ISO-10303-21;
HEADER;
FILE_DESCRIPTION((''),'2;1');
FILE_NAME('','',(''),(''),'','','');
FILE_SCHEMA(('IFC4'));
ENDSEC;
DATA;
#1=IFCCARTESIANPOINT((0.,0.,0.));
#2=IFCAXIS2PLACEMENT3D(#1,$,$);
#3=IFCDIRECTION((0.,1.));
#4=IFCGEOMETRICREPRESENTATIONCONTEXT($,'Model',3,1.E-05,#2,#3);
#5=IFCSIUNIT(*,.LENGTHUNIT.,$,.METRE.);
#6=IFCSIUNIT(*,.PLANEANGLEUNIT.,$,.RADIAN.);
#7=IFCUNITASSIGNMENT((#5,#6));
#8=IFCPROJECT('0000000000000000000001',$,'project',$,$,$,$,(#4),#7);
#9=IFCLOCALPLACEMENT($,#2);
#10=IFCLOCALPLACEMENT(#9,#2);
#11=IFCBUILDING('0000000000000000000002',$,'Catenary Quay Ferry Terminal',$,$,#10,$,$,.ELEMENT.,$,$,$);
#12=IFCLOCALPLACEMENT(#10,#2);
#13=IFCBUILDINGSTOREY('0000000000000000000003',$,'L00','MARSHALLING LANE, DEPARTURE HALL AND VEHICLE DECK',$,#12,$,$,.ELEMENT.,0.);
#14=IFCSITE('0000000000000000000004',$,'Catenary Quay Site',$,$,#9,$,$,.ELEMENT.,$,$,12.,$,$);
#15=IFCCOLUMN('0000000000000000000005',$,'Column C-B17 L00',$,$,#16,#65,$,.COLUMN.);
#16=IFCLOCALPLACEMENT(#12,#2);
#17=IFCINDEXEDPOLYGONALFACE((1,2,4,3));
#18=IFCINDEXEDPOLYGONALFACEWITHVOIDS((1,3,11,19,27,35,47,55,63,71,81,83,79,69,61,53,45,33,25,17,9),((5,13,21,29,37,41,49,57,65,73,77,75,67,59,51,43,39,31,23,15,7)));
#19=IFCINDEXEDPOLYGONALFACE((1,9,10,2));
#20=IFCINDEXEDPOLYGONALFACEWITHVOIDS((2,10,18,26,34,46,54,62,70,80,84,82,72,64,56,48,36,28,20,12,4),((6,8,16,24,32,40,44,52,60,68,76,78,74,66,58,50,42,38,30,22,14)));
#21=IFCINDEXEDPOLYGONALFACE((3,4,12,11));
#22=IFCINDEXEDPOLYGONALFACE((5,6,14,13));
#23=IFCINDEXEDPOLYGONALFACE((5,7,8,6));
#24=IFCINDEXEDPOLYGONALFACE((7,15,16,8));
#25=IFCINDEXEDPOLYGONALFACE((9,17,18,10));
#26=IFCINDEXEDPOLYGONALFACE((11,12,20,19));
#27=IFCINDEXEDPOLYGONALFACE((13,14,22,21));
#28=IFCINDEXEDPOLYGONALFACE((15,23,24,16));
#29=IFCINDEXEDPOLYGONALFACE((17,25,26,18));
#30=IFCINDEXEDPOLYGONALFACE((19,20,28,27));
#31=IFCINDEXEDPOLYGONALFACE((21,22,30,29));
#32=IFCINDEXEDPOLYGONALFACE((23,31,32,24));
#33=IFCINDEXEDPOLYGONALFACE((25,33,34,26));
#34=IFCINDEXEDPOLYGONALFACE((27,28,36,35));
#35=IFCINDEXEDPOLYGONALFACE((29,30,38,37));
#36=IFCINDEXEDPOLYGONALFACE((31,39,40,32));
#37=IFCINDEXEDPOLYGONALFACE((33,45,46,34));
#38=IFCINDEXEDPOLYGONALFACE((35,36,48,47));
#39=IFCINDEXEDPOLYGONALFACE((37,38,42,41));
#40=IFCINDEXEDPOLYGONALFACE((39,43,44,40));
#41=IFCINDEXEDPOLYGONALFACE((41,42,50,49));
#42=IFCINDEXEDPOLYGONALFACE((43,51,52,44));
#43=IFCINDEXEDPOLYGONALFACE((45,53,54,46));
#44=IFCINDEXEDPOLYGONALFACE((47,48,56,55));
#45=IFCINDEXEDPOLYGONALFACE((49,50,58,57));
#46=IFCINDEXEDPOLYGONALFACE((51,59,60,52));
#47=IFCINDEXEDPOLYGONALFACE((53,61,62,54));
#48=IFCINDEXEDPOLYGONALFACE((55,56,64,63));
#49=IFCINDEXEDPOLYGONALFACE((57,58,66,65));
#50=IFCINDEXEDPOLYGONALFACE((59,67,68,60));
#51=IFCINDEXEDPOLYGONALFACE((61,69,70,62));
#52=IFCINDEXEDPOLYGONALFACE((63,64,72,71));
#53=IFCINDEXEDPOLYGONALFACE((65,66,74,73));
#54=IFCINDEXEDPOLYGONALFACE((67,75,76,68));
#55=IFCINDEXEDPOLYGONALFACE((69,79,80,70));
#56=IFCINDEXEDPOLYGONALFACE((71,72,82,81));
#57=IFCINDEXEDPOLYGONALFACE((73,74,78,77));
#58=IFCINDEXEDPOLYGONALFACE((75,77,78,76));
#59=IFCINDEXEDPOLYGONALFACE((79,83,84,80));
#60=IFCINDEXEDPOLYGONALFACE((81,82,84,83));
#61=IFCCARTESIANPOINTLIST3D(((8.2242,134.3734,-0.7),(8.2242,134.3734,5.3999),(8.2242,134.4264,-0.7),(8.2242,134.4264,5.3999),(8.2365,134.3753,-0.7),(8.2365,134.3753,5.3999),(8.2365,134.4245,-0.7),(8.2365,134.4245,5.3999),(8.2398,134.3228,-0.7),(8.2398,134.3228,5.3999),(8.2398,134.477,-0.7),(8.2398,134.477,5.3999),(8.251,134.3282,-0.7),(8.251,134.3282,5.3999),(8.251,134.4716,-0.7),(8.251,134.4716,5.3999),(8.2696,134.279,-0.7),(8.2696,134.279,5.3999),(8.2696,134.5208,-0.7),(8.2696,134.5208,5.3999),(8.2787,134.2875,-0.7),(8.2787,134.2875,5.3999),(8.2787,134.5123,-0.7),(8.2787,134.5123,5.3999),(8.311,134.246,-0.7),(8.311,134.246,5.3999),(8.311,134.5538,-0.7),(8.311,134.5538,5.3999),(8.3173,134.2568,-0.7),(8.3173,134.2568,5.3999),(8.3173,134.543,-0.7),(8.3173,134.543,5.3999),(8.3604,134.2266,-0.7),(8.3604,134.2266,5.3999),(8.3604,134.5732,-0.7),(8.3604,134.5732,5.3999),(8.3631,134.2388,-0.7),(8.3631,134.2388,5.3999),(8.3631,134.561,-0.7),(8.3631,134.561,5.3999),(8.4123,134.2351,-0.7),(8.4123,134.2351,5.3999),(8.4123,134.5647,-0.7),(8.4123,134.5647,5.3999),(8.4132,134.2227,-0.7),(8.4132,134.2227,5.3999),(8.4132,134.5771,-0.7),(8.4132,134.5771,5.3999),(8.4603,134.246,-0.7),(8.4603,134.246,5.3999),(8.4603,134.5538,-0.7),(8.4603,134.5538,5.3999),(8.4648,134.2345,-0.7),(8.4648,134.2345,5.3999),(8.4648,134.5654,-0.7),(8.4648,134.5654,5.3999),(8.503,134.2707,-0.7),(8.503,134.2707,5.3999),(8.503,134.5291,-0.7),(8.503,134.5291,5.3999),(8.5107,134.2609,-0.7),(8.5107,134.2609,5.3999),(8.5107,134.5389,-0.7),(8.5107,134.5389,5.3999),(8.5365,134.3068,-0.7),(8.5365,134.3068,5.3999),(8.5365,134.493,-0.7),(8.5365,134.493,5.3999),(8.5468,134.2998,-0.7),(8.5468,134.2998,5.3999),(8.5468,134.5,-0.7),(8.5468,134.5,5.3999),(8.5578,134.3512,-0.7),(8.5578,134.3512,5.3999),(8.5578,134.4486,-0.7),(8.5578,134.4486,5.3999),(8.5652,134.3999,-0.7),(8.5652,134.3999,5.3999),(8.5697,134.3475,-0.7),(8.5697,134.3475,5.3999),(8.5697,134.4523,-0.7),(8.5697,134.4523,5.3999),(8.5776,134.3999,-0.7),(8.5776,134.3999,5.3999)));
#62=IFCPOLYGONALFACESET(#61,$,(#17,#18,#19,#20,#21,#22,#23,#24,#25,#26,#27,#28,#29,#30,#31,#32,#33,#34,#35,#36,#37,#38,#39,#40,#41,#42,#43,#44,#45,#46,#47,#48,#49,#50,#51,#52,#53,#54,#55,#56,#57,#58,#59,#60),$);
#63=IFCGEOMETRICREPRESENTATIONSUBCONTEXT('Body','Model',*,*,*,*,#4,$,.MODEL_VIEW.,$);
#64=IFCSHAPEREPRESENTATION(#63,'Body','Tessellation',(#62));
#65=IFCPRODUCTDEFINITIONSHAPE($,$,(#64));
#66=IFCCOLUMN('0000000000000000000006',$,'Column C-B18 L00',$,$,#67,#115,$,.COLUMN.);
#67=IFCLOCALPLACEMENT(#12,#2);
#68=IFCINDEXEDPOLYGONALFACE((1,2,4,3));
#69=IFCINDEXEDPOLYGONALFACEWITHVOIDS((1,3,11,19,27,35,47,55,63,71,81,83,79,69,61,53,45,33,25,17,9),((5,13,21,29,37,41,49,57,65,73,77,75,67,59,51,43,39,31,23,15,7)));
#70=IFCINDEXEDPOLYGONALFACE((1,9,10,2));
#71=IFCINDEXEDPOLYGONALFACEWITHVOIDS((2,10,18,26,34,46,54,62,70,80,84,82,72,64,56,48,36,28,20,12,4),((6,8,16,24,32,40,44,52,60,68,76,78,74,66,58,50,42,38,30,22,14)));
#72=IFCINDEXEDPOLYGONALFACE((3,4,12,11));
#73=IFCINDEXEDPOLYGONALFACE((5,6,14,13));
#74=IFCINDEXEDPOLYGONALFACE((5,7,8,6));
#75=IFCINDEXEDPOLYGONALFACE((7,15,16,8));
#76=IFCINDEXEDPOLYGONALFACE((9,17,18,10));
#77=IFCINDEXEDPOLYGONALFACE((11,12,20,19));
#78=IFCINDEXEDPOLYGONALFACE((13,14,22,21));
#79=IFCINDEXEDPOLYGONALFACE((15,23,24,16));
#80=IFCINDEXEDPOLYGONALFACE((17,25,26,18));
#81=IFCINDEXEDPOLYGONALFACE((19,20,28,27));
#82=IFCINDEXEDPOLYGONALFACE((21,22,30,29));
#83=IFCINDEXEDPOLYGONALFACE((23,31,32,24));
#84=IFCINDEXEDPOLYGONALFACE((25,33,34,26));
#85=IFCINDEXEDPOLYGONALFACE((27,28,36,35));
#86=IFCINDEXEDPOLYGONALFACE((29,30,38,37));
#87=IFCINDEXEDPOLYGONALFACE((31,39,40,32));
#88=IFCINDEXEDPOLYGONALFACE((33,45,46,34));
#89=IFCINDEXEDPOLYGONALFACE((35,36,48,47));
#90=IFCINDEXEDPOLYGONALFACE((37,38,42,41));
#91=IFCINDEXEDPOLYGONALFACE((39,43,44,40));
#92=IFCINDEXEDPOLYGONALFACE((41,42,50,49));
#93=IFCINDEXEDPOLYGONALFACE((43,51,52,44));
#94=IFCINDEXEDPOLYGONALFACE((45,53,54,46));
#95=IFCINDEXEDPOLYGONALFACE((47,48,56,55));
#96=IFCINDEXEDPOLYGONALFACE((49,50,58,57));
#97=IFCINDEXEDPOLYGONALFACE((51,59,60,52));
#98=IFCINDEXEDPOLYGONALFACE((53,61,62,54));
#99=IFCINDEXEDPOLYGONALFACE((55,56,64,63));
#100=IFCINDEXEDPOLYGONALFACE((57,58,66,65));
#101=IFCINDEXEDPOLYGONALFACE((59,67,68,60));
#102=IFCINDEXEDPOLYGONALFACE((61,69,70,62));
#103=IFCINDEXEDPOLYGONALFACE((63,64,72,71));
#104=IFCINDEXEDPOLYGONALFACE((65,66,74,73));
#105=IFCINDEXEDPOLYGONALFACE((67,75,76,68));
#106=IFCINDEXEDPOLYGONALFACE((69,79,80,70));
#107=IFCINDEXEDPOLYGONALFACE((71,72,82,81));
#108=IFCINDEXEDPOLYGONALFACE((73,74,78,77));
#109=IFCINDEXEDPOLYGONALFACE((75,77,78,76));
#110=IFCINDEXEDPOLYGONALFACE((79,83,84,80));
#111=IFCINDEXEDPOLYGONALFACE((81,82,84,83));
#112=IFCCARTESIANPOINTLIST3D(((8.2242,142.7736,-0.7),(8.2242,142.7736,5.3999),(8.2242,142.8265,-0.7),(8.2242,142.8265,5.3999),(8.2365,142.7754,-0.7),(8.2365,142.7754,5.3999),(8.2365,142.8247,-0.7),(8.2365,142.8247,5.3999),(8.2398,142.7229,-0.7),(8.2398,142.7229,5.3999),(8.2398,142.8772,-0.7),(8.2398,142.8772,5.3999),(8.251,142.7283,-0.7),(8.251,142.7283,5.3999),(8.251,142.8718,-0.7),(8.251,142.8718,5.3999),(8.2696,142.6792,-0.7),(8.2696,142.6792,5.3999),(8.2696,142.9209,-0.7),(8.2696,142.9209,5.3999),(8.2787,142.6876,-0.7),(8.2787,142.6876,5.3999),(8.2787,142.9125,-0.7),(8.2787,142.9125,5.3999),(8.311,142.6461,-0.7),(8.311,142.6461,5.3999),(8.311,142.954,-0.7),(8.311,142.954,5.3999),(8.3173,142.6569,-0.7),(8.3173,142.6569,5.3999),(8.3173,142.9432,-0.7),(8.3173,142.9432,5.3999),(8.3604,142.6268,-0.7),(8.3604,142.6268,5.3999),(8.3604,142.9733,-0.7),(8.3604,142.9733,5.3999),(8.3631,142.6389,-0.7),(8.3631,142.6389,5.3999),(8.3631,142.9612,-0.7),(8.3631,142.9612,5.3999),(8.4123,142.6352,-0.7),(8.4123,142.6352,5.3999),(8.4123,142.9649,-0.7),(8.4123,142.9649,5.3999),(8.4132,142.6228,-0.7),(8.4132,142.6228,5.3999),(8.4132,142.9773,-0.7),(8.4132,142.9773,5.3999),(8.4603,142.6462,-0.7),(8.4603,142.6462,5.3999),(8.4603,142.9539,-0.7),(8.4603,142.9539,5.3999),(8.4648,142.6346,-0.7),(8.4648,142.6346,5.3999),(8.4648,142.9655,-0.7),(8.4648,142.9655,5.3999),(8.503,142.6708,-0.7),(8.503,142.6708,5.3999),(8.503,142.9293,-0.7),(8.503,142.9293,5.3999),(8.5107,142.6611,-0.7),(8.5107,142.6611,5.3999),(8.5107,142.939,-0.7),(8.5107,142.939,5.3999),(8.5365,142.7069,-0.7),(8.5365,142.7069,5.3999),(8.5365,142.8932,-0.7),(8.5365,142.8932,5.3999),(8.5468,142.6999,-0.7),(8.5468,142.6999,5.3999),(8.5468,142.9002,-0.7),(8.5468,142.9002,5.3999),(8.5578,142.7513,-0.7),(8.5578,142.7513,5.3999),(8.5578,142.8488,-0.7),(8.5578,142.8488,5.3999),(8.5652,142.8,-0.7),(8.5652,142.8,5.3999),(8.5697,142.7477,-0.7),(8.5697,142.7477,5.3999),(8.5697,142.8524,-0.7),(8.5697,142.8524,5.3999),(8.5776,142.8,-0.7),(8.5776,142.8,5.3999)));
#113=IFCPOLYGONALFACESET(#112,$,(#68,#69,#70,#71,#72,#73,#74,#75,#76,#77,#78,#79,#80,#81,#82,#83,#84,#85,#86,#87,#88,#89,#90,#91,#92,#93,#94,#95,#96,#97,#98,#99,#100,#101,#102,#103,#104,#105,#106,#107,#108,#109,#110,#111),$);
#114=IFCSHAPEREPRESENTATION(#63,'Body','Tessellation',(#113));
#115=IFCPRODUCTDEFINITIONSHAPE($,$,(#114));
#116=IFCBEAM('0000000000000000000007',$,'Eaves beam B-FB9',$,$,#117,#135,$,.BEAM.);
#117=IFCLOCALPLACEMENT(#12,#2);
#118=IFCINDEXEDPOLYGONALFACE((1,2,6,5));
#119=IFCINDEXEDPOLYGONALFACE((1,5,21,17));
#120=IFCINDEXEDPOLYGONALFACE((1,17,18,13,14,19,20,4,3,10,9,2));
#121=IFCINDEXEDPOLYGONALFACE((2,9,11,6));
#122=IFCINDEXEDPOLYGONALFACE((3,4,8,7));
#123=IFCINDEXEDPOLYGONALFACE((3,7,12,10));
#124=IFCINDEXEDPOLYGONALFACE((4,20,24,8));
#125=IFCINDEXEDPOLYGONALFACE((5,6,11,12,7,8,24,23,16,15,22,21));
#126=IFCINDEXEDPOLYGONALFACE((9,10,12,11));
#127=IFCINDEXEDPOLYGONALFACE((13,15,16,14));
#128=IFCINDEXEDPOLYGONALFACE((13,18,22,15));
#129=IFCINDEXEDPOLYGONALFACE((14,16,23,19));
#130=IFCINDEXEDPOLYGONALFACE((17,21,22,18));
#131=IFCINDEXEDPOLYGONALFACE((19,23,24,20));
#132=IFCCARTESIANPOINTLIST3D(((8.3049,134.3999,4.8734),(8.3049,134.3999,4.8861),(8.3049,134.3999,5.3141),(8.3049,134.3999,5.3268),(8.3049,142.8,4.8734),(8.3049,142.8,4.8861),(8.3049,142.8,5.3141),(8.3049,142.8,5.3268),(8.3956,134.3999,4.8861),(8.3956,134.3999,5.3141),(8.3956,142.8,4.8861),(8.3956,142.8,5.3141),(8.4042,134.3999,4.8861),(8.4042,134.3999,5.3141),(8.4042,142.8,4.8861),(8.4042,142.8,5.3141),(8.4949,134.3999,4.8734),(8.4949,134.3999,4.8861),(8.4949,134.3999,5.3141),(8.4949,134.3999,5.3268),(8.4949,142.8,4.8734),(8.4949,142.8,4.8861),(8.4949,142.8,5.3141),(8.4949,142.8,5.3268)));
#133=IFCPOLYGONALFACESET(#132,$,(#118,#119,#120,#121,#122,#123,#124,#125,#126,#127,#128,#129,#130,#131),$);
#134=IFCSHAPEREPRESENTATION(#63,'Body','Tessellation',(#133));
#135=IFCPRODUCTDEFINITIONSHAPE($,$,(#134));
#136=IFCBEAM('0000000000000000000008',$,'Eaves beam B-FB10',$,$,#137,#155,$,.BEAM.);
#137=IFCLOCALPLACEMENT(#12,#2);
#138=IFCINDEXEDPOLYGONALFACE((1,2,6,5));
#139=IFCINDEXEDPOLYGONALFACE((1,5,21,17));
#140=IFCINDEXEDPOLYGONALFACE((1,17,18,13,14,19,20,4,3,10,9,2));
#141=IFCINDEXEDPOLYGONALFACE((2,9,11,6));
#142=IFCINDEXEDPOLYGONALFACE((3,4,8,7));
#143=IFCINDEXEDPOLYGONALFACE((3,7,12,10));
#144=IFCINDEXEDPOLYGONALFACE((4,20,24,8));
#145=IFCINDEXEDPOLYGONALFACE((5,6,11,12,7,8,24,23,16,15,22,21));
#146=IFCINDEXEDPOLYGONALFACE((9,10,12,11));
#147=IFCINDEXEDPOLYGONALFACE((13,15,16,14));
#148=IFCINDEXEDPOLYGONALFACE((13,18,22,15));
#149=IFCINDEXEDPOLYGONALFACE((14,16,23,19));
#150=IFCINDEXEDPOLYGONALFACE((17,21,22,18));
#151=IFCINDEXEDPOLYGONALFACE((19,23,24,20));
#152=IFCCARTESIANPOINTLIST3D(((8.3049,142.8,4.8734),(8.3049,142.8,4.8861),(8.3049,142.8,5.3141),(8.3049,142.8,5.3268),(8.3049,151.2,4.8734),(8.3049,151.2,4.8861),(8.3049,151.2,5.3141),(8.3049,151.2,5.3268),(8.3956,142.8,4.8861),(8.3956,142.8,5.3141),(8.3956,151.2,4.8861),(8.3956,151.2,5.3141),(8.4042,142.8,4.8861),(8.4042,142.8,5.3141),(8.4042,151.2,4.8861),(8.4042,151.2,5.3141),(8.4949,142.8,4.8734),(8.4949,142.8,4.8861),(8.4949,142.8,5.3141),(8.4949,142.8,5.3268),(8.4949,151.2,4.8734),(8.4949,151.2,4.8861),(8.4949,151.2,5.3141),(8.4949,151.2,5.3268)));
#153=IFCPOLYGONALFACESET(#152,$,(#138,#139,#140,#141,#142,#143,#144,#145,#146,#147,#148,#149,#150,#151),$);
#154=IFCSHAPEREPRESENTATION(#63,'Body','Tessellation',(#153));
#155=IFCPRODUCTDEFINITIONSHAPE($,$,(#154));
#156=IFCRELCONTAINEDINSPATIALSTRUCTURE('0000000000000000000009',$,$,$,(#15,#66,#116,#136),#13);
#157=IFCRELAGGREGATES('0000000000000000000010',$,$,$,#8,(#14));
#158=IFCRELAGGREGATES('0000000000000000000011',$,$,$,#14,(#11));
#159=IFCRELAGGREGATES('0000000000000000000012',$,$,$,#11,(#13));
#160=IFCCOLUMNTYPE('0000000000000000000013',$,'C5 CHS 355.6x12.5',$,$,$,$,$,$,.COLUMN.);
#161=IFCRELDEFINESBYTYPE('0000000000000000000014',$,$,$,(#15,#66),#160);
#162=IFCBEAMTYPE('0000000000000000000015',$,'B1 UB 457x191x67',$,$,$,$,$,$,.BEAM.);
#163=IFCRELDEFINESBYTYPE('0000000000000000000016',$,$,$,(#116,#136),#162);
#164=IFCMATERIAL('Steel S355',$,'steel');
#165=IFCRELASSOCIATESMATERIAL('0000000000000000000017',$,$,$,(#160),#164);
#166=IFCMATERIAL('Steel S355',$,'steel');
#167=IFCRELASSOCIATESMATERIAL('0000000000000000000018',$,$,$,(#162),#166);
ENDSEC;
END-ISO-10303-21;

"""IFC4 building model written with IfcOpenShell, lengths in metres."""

from ifc_helpers import new_model, si_unit, direction, frame, origin, origin_2d, place, context, subcontext, project, spatial, hollow_circle, i_section, extrude, material, material_profile, profile_set, type_object, element, save


model = new_model("IFC4")

# Units and contexts
model_context = context("Model", 3, precision=1e-05, world=origin(), true_north=direction((0.0, 1.0)))
body_context = subcontext(model_context, "Body", "Model", "MODEL_VIEW")
ifc_project = project(units=[si_unit("LENGTHUNIT", "METRE"), si_unit("PLANEANGLEUNIT", "RADIAN")], contexts=[model_context])

# Site, building, storey
site_placement = place(None, origin())
site = spatial("IfcSite", under=ifc_project, at=site_placement, Name="Catenary Quay Site", CompositionType="ELEMENT", RefElevation=12.0)
building_placement = place(site_placement, origin())
building = spatial("IfcBuilding", under=site, at=building_placement, Name="Catenary Quay Ferry Terminal", CompositionType="ELEMENT")
storey_placement = place(building_placement, origin())
storey = spatial("IfcBuildingStorey", under=building, at=storey_placement, Name="L00", Description="MARSHALLING LANE, DEPARTURE HALL AND VEHICLE DECK", CompositionType="ELEMENT", Elevation=0.0)

# Columns
ifc_material_1 = material(Name="Steel S355", Category="steel")
ifc_material_profile_1 = material_profile(ifc_material_1, hollow_circle(Radius=0.1777, WallThickness=0.0125, at=origin_2d()), Name="CHS 355.6x12.5")
ifc_profile_set_1 = profile_set([ifc_material_profile_1], Name="Steel S355")
column_type = type_object("IfcColumnType", Name="C5 CHS 355.6x12.5", PredefinedType="COLUMN", material=ifc_profile_set_1)
for number, where, z_axis, x_axis, name in (
    (1, (8.3999, 134.3999, -0.7), (0.0, 0.0, 1.0), (1.0, 0.0, 0.0), "Column C-B17 L00"),
    (2, (8.3999, 142.8, -0.7), (0.0, 0.0, 1.0), (1.0, 0.0, 0.0), "Column C-B18 L00"),
):
    element("IfcColumn", number, at=place(storey_placement, frame(where, z_axis=z_axis, x_axis=x_axis)), inside=storey, type_object=column_type, Name=name, PredefinedType="COLUMN", context=body_context, shape_type="SweptSolid", body=[
        extrude(hollow_circle(Radius=0.1777, WallThickness=0.0125, at=origin_2d()), origin(), (0.0, 0.0, 1.0), 6.0999),
    ])

# Beams
ifc_material_2 = material(Name="Steel S355", Category="steel")
ifc_material_profile_2 = material_profile(ifc_material_2, i_section(OverallWidth=0.1899, OverallDepth=0.4534, WebThickness=0.0085, FlangeThickness=0.0127, at=origin_2d()), Name="UB 457x191x67")
ifc_profile_set_2 = profile_set([ifc_material_profile_2], Name="Steel S355")
beam_type_1 = type_object("IfcBeamType", Name="B1 UB 457x191x67", PredefinedType="BEAM", material=ifc_profile_set_2)
beam_1_placement = place(storey_placement, frame((8.3999, 134.3999, 5.1001), z_axis=(0.0, 1.0, 0.0), x_axis=(-1.0, 0.0, 0.0)))
element("IfcBeam", 3, at=beam_1_placement, inside=storey, type_object=beam_type_1, Name="Eaves beam B-FB9", PredefinedType="BEAM", context=body_context, shape_type="SweptSolid", body=[
    extrude(i_section(OverallWidth=0.1899, OverallDepth=0.4534, WebThickness=0.0085, FlangeThickness=0.0127, at=origin_2d()), origin(), (0.0, 0.0, 1.0), 8.4001),
])
beam_2_placement = place(storey_placement, frame((8.3999, 142.8, 5.1001), z_axis=(0.0, 1.0, 0.0), x_axis=(-1.0, 0.0, 0.0)))
element("IfcBeam", 4, at=beam_2_placement, inside=storey, type_object=beam_type_1, Name="Eaves beam B-FB10", PredefinedType="BEAM", context=body_context, shape_type="SweptSolid", body=[
    extrude(i_section(OverallWidth=0.1899, OverallDepth=0.4534, WebThickness=0.0085, FlangeThickness=0.0127, at=origin_2d()), origin(), (0.0, 0.0, 1.0), 8.3999),
])

save(model, "model.ifc")
